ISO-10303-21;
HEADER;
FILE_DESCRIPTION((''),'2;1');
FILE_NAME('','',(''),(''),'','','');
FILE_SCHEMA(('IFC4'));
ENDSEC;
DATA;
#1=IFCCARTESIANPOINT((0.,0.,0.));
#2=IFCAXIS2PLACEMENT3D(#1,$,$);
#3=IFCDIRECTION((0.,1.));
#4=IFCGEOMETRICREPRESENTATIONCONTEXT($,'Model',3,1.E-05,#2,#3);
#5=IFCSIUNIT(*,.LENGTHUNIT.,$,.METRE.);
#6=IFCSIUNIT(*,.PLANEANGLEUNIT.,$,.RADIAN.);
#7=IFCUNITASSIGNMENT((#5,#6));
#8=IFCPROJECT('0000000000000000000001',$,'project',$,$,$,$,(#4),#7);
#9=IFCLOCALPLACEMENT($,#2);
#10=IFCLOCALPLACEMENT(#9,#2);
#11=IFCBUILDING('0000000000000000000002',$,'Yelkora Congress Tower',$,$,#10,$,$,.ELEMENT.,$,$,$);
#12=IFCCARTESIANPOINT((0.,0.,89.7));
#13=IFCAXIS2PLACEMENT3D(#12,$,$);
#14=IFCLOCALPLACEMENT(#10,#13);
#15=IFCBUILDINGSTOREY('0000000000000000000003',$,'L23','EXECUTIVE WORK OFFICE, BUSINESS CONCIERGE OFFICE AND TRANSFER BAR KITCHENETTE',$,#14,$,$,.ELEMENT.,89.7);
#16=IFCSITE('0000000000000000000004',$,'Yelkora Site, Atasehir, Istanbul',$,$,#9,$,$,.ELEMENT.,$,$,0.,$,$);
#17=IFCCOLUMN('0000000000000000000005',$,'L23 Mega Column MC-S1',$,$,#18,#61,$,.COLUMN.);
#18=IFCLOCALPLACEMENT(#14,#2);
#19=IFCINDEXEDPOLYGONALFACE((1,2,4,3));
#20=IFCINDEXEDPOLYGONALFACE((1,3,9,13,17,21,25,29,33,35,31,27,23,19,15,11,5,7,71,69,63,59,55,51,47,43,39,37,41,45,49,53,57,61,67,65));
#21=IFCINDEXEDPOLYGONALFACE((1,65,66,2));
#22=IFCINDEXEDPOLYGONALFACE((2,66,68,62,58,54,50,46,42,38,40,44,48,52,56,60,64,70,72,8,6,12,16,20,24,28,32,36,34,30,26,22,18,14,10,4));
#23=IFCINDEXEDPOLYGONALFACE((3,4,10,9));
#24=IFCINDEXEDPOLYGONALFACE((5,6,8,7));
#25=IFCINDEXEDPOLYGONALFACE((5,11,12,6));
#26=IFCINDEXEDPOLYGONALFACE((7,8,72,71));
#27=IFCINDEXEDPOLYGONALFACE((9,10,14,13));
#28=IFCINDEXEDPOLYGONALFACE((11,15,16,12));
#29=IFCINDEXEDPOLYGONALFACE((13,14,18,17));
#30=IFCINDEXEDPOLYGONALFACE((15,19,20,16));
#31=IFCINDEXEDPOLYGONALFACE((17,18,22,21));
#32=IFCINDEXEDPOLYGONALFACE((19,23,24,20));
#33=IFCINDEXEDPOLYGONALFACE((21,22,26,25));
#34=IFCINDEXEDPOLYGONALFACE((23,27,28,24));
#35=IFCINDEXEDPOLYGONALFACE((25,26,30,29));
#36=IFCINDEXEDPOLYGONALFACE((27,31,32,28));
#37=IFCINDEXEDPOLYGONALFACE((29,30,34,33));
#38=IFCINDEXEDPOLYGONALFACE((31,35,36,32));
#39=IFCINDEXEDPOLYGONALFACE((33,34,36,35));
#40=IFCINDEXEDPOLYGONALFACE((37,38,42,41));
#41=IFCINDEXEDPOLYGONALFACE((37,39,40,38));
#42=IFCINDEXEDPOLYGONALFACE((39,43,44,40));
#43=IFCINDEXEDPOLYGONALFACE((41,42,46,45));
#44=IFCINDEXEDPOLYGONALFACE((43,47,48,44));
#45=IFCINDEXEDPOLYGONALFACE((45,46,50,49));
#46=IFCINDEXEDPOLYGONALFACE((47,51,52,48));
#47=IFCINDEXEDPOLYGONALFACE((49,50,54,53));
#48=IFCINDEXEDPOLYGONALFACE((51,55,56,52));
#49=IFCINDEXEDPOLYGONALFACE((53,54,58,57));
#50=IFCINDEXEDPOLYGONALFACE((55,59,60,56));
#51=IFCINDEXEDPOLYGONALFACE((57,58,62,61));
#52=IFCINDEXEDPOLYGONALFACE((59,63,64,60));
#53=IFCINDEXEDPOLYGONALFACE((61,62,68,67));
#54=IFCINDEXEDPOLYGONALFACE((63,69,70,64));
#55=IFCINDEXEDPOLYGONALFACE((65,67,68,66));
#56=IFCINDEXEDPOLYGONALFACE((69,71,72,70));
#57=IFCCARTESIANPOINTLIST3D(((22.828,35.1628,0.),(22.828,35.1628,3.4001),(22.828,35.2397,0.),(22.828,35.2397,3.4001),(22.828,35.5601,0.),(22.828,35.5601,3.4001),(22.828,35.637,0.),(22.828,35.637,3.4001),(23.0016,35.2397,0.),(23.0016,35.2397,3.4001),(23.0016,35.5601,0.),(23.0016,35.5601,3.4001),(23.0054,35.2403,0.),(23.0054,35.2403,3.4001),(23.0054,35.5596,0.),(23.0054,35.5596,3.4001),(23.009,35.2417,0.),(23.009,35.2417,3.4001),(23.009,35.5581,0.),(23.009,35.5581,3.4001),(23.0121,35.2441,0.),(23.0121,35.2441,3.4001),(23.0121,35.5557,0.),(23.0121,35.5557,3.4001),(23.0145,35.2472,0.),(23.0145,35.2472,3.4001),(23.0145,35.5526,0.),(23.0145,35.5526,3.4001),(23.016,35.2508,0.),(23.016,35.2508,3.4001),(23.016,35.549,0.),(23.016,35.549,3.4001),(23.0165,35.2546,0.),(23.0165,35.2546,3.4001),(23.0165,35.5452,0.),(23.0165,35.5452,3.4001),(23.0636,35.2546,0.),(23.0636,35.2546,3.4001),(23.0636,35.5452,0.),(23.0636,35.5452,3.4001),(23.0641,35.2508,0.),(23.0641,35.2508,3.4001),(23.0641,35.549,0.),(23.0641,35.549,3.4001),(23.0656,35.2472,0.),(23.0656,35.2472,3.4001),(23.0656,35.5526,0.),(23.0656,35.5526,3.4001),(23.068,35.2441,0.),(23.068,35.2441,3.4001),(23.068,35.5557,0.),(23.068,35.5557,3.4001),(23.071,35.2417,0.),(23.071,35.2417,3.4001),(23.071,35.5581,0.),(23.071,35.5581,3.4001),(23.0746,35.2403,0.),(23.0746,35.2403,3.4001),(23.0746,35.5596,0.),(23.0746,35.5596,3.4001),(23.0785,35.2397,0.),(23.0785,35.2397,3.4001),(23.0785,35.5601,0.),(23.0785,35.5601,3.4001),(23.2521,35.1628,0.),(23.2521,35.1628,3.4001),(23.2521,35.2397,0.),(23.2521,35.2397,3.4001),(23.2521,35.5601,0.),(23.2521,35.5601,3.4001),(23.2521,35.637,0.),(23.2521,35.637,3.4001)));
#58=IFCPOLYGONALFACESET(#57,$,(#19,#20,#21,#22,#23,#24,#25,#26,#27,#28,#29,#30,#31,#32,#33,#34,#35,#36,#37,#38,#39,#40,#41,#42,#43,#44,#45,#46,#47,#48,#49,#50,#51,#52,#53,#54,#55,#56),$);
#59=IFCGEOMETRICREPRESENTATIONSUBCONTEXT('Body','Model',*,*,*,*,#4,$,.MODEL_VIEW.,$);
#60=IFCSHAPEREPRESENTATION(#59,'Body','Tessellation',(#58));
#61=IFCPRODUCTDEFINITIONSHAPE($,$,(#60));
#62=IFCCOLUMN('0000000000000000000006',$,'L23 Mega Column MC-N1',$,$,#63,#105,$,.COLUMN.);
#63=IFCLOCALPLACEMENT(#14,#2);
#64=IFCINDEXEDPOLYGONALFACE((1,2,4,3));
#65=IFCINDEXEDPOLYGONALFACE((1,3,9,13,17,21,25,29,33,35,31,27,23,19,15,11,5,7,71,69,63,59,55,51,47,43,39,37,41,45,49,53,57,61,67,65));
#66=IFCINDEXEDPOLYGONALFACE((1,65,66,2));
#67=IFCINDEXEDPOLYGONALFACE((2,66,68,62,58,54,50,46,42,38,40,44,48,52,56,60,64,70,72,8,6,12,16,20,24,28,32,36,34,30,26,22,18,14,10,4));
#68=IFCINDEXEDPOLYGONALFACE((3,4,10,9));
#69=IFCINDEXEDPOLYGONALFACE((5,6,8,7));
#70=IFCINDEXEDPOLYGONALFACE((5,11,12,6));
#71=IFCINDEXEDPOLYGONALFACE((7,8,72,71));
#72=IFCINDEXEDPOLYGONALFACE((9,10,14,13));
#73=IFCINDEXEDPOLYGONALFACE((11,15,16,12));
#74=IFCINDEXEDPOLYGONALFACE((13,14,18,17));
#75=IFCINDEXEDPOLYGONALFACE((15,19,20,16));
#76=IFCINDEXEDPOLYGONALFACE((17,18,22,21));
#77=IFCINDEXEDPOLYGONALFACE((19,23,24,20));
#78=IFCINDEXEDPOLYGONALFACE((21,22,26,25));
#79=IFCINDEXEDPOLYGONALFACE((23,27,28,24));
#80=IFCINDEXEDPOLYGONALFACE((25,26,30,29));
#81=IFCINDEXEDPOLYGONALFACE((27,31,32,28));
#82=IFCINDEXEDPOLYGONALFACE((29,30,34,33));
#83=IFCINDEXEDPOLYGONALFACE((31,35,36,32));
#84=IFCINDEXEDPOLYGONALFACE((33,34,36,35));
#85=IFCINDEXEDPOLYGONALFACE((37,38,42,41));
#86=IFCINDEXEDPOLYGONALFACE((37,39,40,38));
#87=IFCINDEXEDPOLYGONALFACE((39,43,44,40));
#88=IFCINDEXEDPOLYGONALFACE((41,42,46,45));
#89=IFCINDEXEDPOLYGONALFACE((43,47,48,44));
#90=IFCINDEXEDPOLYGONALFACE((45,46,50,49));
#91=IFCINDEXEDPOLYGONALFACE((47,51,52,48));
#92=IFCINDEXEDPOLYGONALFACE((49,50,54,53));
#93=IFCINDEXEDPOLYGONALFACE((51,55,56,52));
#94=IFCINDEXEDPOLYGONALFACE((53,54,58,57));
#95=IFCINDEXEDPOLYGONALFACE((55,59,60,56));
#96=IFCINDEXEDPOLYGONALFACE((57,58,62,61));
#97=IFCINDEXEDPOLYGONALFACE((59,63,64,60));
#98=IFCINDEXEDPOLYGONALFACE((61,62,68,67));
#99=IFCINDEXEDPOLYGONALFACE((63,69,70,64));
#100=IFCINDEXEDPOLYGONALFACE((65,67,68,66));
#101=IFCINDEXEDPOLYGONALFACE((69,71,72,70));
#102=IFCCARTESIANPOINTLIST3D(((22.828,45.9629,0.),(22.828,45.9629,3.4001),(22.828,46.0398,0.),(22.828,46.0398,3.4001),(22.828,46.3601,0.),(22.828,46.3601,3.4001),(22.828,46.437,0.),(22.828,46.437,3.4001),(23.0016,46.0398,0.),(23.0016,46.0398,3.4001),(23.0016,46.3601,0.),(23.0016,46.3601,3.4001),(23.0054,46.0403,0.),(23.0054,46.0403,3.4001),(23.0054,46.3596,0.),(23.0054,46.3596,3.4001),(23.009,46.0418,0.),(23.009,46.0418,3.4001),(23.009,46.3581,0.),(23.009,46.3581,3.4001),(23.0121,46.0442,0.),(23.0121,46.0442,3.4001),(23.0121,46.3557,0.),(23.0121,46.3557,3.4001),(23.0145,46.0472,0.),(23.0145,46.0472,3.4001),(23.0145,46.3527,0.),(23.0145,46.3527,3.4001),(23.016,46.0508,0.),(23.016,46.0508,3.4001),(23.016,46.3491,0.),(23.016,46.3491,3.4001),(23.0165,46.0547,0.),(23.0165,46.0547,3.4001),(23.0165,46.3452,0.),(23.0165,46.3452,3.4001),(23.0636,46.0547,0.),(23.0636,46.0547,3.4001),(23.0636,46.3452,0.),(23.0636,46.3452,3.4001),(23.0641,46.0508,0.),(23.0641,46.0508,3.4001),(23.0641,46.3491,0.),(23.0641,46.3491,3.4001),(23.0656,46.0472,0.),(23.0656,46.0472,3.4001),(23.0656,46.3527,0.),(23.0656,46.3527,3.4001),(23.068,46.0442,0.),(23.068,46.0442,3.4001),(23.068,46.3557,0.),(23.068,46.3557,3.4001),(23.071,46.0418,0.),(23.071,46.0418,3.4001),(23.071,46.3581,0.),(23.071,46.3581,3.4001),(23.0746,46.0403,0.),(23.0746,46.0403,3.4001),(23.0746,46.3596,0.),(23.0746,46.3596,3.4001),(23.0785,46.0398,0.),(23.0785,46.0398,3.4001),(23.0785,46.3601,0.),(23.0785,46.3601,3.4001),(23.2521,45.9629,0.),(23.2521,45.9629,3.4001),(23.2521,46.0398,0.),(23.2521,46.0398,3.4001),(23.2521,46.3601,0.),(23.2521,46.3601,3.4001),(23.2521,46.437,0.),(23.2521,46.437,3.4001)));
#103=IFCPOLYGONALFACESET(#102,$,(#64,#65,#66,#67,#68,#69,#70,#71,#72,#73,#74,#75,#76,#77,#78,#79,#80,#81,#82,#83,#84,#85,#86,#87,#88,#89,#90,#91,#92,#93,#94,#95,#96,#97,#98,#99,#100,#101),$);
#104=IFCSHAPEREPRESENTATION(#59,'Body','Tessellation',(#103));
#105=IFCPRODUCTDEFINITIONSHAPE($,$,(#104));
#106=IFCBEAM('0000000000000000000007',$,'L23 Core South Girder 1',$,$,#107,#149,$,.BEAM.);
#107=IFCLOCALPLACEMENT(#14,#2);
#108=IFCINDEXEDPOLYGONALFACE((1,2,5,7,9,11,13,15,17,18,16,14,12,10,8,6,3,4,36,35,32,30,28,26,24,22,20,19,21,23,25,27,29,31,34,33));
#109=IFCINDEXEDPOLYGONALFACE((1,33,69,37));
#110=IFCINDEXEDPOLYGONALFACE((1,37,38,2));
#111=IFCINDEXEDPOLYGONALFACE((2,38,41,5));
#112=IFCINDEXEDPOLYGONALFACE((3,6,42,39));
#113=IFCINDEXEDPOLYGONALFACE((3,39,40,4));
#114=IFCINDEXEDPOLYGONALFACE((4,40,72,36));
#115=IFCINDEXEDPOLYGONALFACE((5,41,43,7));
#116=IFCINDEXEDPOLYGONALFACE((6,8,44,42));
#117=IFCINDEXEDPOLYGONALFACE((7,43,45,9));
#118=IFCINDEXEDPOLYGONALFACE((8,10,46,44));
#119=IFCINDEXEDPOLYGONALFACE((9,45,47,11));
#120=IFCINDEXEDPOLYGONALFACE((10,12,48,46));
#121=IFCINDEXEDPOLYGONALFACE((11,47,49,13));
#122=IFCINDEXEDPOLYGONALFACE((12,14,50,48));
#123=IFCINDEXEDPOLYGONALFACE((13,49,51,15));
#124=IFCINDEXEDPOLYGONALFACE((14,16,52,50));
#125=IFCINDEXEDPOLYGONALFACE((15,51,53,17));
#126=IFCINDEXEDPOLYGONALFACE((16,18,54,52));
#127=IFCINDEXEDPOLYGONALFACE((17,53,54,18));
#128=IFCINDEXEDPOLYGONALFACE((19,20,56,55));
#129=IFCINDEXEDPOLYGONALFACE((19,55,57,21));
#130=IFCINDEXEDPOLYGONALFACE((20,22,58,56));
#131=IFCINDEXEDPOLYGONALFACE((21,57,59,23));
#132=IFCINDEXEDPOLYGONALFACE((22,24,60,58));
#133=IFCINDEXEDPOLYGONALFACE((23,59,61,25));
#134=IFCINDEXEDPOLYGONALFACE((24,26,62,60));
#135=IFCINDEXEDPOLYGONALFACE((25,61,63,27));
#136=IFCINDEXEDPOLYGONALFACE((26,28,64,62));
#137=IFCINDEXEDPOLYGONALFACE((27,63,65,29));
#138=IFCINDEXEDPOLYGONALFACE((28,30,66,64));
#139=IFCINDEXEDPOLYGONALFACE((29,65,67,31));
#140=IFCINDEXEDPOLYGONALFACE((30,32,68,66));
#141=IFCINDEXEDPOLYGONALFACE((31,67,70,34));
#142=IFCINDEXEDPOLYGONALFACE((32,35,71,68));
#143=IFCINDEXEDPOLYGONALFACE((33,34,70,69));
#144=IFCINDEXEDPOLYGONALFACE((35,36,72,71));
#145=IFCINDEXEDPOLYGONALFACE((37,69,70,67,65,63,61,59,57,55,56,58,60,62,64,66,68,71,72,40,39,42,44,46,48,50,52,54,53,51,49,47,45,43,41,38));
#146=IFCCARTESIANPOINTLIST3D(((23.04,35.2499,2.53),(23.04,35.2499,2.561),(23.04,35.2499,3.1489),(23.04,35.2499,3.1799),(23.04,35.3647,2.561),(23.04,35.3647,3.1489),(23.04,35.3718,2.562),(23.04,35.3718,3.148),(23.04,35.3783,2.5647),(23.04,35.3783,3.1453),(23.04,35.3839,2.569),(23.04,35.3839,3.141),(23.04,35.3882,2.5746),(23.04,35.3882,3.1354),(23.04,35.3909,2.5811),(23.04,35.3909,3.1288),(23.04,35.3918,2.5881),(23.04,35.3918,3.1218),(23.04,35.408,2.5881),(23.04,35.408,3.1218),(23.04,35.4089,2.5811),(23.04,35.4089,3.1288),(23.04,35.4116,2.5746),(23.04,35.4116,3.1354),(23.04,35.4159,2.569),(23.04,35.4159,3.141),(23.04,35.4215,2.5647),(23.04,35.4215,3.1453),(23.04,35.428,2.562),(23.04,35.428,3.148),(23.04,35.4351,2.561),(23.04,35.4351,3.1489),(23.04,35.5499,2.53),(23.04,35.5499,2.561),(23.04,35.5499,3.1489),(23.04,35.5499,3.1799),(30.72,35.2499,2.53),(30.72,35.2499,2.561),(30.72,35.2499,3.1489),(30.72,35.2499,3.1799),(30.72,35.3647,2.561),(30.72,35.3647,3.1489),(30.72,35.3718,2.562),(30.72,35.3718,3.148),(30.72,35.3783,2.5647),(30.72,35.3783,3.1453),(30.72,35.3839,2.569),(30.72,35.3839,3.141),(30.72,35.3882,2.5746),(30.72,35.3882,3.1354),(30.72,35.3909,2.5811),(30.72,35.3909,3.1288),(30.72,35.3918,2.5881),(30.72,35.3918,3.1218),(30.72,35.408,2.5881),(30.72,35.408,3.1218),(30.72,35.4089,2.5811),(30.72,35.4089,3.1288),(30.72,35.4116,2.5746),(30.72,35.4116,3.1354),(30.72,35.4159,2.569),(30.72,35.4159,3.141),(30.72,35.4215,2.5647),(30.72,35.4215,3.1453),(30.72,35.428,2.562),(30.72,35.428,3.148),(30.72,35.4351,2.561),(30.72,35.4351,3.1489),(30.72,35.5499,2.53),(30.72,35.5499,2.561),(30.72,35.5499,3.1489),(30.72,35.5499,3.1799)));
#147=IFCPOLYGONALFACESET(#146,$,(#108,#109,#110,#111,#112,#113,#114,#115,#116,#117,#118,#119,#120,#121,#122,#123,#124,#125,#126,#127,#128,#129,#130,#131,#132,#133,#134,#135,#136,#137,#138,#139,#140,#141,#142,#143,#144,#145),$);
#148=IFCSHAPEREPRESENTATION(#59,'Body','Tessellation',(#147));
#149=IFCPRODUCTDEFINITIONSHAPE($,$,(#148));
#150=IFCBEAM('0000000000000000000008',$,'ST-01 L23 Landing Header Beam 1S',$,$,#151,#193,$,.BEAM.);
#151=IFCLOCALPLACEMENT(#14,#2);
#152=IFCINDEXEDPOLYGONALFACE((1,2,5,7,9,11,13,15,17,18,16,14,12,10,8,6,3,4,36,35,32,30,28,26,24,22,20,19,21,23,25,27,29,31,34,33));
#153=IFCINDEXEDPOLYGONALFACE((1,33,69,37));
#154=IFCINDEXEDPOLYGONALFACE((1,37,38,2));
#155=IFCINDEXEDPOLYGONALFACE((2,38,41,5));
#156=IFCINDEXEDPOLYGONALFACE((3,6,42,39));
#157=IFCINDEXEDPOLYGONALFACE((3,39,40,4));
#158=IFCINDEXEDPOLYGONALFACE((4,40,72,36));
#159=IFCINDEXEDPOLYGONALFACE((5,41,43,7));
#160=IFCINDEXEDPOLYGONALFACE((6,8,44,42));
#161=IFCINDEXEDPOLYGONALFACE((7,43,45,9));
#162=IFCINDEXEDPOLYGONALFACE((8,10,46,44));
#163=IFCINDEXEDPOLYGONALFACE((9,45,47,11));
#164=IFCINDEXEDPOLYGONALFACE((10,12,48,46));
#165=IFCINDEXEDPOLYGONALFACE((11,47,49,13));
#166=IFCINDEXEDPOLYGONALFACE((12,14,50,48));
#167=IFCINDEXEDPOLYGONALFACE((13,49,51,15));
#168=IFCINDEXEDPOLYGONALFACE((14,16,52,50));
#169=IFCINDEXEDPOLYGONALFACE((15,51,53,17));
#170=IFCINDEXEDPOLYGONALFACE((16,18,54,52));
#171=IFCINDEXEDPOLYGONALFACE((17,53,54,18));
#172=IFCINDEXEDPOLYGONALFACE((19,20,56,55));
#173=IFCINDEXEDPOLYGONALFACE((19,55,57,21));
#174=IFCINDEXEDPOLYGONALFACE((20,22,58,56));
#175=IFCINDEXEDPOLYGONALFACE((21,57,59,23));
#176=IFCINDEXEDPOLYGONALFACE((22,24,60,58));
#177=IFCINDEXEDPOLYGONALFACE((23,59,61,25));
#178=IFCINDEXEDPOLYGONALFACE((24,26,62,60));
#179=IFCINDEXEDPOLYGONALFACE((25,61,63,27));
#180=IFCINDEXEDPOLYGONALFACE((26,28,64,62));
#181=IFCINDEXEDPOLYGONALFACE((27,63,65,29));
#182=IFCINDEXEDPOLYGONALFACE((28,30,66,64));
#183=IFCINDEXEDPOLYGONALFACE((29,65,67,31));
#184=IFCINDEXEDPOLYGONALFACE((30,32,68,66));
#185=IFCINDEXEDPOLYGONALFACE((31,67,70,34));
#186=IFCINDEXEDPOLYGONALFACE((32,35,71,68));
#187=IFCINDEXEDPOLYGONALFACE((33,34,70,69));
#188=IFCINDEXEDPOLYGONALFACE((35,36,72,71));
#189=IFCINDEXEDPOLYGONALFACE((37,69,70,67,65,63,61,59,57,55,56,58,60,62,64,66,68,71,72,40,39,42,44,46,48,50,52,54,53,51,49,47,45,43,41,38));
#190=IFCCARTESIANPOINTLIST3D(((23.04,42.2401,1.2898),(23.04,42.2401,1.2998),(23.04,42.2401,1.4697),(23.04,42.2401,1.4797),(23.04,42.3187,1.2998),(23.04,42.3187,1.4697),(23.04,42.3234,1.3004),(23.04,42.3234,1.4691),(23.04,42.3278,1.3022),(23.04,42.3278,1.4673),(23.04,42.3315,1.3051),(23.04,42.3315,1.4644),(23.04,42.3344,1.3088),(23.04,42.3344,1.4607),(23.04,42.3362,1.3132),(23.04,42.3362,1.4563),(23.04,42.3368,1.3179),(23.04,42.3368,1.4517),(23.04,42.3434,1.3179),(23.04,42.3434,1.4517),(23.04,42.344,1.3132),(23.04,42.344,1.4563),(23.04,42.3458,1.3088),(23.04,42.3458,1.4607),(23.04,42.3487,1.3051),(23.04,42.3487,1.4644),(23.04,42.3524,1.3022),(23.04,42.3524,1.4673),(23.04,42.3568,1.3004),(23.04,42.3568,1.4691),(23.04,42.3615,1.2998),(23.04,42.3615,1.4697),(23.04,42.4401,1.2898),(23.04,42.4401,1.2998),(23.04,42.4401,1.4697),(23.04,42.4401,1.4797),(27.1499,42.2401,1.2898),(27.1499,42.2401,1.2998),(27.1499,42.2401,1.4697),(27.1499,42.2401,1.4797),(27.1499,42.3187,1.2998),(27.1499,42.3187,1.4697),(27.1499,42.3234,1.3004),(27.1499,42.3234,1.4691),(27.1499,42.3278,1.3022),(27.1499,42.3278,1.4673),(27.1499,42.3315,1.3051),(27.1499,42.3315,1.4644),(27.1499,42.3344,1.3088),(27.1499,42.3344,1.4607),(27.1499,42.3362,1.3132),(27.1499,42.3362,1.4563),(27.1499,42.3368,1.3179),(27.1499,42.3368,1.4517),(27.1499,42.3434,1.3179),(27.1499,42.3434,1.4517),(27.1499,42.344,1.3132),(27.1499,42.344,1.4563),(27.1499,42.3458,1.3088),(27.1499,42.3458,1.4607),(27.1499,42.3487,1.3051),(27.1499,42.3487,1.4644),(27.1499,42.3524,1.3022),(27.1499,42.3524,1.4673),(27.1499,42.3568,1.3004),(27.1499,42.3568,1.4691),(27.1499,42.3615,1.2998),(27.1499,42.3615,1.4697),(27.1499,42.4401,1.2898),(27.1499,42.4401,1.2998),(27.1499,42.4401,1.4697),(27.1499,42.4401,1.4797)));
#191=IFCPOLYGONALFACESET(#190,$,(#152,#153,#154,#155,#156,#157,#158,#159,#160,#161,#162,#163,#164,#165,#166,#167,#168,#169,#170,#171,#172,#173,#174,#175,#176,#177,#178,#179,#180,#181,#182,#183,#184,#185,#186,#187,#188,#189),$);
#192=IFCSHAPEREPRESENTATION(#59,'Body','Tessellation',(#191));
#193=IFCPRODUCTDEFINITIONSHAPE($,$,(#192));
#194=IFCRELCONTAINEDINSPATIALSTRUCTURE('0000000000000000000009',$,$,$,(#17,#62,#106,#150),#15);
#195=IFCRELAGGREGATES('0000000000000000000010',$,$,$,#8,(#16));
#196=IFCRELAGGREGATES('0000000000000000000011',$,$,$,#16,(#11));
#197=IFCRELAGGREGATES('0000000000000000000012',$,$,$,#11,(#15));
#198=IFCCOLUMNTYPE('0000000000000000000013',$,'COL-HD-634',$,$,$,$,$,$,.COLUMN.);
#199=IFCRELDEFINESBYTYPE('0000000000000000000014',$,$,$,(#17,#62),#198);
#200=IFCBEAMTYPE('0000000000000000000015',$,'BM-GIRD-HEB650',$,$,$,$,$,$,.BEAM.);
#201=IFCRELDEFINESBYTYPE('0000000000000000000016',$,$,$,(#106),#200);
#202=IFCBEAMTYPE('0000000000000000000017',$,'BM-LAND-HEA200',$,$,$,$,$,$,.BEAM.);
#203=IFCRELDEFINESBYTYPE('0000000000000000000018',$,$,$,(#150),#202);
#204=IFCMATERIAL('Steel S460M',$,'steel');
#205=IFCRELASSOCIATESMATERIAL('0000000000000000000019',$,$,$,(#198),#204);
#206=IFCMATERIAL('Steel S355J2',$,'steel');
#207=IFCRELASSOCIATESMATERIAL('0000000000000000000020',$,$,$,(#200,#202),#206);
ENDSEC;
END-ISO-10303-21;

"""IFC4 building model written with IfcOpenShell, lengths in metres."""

from ifc_helpers import new_model, si_unit, direction, frame, origin, origin_2d, place, context, subcontext, project, spatial, i_section, extrude, material, material_profile, profile_set, type_object, element, save


model = new_model("IFC4")

# Units and contexts
model_context = context("Model", 3, precision=1e-05, world=origin(), true_north=direction((0.0, 1.0)))
body_context = subcontext(model_context, "Body", "Model", "MODEL_VIEW")
ifc_project = project(units=[si_unit("LENGTHUNIT", "METRE"), si_unit("PLANEANGLEUNIT", "RADIAN")], contexts=[model_context])

# Site, building, storey
site_placement = place(None, origin())
site = spatial("IfcSite", under=ifc_project, at=site_placement, Name="Yelkora Site, Atasehir, Istanbul", CompositionType="ELEMENT", RefElevation=0.0)
building_placement = place(site_placement, origin())
building = spatial("IfcBuilding", under=site, at=building_placement, Name="Yelkora Congress Tower", CompositionType="ELEMENT")
storey_placement = place(building_placement, frame((0.0, 0.0, 89.7)))
storey = spatial("IfcBuildingStorey", under=building, at=storey_placement, Name="L23", Description="EXECUTIVE WORK OFFICE, BUSINESS CONCIERGE OFFICE AND TRANSFER BAR KITCHENETTE", CompositionType="ELEMENT", Elevation=89.7)

# Columns
ifc_material_1 = material(Name="Steel S460M", Category="steel")
ifc_material_profile_1 = material_profile(ifc_material_1, i_section(OverallWidth=0.4241, OverallDepth=0.4741, WebThickness=0.0471, FlangeThickness=0.0769, FilletRadius=0.0149, at=origin_2d()), Name="HD 400x634")
ifc_profile_set_1 = profile_set([ifc_material_profile_1], Name="Steel S460M")
column_type = type_object("IfcColumnType", Name="COL-HD-634", PredefinedType="COLUMN", material=ifc_profile_set_1)
for number, where, z_axis, x_axis, name in (
    (1, (23.04, 35.3999, 0.0), (0.0, 0.0, 1.0), (1.0, 0.0, 0.0), "L23 Mega Column MC-S1"),
    (2, (23.04, 46.2, 0.0), (0.0, 0.0, 1.0), (1.0, 0.0, 0.0), "L23 Mega Column MC-N1"),
):
    element("IfcColumn", number, at=place(storey_placement, frame(where, z_axis=z_axis, x_axis=x_axis)), inside=storey, type_object=column_type, Name=name, PredefinedType="COLUMN", context=body_context, shape_type="SweptSolid", body=[
        extrude(i_section(OverallWidth=0.4241, OverallDepth=0.4741, WebThickness=0.0471, FlangeThickness=0.0769, FilletRadius=0.0149, at=origin_2d()), origin(), (0.0, 0.0, 1.0), 3.4001),
    ])

# Beams
ifc_material_2 = material(Name="Steel S355J2", Category="steel")
ifc_material_profile_2 = material_profile(ifc_material_2, i_section(OverallWidth=0.3, OverallDepth=0.6499, WebThickness=0.0161, FlangeThickness=0.031, FilletRadius=0.0271, at=origin_2d()), Name="HEB 650")
ifc_profile_set_2 = profile_set([ifc_material_profile_2], Name="Steel S355J2")
beam_type_1 = type_object("IfcBeamType", Name="BM-GIRD-HEB650", PredefinedType="BEAM", material=ifc_profile_set_2)
beam_1_placement = place(storey_placement, frame((23.04, 35.3999, 2.855), z_axis=(1.0, 0.0, 0.0), x_axis=(0.0, 1.0, 0.0)))
element("IfcBeam", 3, at=beam_1_placement, inside=storey, type_object=beam_type_1, Name="L23 Core South Girder 1", PredefinedType="BEAM", context=body_context, shape_type="SweptSolid", body=[
    extrude(i_section(OverallWidth=0.3, OverallDepth=0.6499, WebThickness=0.0161, FlangeThickness=0.031, FilletRadius=0.0271, at=origin_2d()), origin(), (0.0, 0.0, 1.0), 7.6799),
])
ifc_material_profile_3 = material_profile(ifc_material_2, i_section(OverallWidth=0.2, OverallDepth=0.1899, WebThickness=0.0066, FlangeThickness=0.01, FilletRadius=0.0181, at=origin_2d()), Name="HEA 200")
ifc_profile_set_3 = profile_set([ifc_material_profile_3], Name="Steel S355J2")
beam_type_2 = type_object("IfcBeamType", Name="BM-LAND-HEA200", PredefinedType="BEAM", material=ifc_profile_set_3)
for number, where, z_axis, x_axis, name in (
    (4, (23.04, 42.3401, 1.3848), (1.0, 0.0, 0.0), (0.0, 1.0, 0.0), "ST-01 L23 Landing Header Beam 1S"),
):
    element("IfcBeam", number, at=place(storey_placement, frame(where, z_axis=z_axis, x_axis=x_axis)), inside=storey, type_object=beam_type_2, Name=name, PredefinedType="BEAM", context=body_context, shape_type="SweptSolid", body=[
        extrude(i_section(OverallWidth=0.2, OverallDepth=0.1899, WebThickness=0.0066, FlangeThickness=0.01, FilletRadius=0.0181, at=origin_2d()), origin(), (0.0, 0.0, 1.0), 4.1099),
    ])

save(model, "model.ifc")
